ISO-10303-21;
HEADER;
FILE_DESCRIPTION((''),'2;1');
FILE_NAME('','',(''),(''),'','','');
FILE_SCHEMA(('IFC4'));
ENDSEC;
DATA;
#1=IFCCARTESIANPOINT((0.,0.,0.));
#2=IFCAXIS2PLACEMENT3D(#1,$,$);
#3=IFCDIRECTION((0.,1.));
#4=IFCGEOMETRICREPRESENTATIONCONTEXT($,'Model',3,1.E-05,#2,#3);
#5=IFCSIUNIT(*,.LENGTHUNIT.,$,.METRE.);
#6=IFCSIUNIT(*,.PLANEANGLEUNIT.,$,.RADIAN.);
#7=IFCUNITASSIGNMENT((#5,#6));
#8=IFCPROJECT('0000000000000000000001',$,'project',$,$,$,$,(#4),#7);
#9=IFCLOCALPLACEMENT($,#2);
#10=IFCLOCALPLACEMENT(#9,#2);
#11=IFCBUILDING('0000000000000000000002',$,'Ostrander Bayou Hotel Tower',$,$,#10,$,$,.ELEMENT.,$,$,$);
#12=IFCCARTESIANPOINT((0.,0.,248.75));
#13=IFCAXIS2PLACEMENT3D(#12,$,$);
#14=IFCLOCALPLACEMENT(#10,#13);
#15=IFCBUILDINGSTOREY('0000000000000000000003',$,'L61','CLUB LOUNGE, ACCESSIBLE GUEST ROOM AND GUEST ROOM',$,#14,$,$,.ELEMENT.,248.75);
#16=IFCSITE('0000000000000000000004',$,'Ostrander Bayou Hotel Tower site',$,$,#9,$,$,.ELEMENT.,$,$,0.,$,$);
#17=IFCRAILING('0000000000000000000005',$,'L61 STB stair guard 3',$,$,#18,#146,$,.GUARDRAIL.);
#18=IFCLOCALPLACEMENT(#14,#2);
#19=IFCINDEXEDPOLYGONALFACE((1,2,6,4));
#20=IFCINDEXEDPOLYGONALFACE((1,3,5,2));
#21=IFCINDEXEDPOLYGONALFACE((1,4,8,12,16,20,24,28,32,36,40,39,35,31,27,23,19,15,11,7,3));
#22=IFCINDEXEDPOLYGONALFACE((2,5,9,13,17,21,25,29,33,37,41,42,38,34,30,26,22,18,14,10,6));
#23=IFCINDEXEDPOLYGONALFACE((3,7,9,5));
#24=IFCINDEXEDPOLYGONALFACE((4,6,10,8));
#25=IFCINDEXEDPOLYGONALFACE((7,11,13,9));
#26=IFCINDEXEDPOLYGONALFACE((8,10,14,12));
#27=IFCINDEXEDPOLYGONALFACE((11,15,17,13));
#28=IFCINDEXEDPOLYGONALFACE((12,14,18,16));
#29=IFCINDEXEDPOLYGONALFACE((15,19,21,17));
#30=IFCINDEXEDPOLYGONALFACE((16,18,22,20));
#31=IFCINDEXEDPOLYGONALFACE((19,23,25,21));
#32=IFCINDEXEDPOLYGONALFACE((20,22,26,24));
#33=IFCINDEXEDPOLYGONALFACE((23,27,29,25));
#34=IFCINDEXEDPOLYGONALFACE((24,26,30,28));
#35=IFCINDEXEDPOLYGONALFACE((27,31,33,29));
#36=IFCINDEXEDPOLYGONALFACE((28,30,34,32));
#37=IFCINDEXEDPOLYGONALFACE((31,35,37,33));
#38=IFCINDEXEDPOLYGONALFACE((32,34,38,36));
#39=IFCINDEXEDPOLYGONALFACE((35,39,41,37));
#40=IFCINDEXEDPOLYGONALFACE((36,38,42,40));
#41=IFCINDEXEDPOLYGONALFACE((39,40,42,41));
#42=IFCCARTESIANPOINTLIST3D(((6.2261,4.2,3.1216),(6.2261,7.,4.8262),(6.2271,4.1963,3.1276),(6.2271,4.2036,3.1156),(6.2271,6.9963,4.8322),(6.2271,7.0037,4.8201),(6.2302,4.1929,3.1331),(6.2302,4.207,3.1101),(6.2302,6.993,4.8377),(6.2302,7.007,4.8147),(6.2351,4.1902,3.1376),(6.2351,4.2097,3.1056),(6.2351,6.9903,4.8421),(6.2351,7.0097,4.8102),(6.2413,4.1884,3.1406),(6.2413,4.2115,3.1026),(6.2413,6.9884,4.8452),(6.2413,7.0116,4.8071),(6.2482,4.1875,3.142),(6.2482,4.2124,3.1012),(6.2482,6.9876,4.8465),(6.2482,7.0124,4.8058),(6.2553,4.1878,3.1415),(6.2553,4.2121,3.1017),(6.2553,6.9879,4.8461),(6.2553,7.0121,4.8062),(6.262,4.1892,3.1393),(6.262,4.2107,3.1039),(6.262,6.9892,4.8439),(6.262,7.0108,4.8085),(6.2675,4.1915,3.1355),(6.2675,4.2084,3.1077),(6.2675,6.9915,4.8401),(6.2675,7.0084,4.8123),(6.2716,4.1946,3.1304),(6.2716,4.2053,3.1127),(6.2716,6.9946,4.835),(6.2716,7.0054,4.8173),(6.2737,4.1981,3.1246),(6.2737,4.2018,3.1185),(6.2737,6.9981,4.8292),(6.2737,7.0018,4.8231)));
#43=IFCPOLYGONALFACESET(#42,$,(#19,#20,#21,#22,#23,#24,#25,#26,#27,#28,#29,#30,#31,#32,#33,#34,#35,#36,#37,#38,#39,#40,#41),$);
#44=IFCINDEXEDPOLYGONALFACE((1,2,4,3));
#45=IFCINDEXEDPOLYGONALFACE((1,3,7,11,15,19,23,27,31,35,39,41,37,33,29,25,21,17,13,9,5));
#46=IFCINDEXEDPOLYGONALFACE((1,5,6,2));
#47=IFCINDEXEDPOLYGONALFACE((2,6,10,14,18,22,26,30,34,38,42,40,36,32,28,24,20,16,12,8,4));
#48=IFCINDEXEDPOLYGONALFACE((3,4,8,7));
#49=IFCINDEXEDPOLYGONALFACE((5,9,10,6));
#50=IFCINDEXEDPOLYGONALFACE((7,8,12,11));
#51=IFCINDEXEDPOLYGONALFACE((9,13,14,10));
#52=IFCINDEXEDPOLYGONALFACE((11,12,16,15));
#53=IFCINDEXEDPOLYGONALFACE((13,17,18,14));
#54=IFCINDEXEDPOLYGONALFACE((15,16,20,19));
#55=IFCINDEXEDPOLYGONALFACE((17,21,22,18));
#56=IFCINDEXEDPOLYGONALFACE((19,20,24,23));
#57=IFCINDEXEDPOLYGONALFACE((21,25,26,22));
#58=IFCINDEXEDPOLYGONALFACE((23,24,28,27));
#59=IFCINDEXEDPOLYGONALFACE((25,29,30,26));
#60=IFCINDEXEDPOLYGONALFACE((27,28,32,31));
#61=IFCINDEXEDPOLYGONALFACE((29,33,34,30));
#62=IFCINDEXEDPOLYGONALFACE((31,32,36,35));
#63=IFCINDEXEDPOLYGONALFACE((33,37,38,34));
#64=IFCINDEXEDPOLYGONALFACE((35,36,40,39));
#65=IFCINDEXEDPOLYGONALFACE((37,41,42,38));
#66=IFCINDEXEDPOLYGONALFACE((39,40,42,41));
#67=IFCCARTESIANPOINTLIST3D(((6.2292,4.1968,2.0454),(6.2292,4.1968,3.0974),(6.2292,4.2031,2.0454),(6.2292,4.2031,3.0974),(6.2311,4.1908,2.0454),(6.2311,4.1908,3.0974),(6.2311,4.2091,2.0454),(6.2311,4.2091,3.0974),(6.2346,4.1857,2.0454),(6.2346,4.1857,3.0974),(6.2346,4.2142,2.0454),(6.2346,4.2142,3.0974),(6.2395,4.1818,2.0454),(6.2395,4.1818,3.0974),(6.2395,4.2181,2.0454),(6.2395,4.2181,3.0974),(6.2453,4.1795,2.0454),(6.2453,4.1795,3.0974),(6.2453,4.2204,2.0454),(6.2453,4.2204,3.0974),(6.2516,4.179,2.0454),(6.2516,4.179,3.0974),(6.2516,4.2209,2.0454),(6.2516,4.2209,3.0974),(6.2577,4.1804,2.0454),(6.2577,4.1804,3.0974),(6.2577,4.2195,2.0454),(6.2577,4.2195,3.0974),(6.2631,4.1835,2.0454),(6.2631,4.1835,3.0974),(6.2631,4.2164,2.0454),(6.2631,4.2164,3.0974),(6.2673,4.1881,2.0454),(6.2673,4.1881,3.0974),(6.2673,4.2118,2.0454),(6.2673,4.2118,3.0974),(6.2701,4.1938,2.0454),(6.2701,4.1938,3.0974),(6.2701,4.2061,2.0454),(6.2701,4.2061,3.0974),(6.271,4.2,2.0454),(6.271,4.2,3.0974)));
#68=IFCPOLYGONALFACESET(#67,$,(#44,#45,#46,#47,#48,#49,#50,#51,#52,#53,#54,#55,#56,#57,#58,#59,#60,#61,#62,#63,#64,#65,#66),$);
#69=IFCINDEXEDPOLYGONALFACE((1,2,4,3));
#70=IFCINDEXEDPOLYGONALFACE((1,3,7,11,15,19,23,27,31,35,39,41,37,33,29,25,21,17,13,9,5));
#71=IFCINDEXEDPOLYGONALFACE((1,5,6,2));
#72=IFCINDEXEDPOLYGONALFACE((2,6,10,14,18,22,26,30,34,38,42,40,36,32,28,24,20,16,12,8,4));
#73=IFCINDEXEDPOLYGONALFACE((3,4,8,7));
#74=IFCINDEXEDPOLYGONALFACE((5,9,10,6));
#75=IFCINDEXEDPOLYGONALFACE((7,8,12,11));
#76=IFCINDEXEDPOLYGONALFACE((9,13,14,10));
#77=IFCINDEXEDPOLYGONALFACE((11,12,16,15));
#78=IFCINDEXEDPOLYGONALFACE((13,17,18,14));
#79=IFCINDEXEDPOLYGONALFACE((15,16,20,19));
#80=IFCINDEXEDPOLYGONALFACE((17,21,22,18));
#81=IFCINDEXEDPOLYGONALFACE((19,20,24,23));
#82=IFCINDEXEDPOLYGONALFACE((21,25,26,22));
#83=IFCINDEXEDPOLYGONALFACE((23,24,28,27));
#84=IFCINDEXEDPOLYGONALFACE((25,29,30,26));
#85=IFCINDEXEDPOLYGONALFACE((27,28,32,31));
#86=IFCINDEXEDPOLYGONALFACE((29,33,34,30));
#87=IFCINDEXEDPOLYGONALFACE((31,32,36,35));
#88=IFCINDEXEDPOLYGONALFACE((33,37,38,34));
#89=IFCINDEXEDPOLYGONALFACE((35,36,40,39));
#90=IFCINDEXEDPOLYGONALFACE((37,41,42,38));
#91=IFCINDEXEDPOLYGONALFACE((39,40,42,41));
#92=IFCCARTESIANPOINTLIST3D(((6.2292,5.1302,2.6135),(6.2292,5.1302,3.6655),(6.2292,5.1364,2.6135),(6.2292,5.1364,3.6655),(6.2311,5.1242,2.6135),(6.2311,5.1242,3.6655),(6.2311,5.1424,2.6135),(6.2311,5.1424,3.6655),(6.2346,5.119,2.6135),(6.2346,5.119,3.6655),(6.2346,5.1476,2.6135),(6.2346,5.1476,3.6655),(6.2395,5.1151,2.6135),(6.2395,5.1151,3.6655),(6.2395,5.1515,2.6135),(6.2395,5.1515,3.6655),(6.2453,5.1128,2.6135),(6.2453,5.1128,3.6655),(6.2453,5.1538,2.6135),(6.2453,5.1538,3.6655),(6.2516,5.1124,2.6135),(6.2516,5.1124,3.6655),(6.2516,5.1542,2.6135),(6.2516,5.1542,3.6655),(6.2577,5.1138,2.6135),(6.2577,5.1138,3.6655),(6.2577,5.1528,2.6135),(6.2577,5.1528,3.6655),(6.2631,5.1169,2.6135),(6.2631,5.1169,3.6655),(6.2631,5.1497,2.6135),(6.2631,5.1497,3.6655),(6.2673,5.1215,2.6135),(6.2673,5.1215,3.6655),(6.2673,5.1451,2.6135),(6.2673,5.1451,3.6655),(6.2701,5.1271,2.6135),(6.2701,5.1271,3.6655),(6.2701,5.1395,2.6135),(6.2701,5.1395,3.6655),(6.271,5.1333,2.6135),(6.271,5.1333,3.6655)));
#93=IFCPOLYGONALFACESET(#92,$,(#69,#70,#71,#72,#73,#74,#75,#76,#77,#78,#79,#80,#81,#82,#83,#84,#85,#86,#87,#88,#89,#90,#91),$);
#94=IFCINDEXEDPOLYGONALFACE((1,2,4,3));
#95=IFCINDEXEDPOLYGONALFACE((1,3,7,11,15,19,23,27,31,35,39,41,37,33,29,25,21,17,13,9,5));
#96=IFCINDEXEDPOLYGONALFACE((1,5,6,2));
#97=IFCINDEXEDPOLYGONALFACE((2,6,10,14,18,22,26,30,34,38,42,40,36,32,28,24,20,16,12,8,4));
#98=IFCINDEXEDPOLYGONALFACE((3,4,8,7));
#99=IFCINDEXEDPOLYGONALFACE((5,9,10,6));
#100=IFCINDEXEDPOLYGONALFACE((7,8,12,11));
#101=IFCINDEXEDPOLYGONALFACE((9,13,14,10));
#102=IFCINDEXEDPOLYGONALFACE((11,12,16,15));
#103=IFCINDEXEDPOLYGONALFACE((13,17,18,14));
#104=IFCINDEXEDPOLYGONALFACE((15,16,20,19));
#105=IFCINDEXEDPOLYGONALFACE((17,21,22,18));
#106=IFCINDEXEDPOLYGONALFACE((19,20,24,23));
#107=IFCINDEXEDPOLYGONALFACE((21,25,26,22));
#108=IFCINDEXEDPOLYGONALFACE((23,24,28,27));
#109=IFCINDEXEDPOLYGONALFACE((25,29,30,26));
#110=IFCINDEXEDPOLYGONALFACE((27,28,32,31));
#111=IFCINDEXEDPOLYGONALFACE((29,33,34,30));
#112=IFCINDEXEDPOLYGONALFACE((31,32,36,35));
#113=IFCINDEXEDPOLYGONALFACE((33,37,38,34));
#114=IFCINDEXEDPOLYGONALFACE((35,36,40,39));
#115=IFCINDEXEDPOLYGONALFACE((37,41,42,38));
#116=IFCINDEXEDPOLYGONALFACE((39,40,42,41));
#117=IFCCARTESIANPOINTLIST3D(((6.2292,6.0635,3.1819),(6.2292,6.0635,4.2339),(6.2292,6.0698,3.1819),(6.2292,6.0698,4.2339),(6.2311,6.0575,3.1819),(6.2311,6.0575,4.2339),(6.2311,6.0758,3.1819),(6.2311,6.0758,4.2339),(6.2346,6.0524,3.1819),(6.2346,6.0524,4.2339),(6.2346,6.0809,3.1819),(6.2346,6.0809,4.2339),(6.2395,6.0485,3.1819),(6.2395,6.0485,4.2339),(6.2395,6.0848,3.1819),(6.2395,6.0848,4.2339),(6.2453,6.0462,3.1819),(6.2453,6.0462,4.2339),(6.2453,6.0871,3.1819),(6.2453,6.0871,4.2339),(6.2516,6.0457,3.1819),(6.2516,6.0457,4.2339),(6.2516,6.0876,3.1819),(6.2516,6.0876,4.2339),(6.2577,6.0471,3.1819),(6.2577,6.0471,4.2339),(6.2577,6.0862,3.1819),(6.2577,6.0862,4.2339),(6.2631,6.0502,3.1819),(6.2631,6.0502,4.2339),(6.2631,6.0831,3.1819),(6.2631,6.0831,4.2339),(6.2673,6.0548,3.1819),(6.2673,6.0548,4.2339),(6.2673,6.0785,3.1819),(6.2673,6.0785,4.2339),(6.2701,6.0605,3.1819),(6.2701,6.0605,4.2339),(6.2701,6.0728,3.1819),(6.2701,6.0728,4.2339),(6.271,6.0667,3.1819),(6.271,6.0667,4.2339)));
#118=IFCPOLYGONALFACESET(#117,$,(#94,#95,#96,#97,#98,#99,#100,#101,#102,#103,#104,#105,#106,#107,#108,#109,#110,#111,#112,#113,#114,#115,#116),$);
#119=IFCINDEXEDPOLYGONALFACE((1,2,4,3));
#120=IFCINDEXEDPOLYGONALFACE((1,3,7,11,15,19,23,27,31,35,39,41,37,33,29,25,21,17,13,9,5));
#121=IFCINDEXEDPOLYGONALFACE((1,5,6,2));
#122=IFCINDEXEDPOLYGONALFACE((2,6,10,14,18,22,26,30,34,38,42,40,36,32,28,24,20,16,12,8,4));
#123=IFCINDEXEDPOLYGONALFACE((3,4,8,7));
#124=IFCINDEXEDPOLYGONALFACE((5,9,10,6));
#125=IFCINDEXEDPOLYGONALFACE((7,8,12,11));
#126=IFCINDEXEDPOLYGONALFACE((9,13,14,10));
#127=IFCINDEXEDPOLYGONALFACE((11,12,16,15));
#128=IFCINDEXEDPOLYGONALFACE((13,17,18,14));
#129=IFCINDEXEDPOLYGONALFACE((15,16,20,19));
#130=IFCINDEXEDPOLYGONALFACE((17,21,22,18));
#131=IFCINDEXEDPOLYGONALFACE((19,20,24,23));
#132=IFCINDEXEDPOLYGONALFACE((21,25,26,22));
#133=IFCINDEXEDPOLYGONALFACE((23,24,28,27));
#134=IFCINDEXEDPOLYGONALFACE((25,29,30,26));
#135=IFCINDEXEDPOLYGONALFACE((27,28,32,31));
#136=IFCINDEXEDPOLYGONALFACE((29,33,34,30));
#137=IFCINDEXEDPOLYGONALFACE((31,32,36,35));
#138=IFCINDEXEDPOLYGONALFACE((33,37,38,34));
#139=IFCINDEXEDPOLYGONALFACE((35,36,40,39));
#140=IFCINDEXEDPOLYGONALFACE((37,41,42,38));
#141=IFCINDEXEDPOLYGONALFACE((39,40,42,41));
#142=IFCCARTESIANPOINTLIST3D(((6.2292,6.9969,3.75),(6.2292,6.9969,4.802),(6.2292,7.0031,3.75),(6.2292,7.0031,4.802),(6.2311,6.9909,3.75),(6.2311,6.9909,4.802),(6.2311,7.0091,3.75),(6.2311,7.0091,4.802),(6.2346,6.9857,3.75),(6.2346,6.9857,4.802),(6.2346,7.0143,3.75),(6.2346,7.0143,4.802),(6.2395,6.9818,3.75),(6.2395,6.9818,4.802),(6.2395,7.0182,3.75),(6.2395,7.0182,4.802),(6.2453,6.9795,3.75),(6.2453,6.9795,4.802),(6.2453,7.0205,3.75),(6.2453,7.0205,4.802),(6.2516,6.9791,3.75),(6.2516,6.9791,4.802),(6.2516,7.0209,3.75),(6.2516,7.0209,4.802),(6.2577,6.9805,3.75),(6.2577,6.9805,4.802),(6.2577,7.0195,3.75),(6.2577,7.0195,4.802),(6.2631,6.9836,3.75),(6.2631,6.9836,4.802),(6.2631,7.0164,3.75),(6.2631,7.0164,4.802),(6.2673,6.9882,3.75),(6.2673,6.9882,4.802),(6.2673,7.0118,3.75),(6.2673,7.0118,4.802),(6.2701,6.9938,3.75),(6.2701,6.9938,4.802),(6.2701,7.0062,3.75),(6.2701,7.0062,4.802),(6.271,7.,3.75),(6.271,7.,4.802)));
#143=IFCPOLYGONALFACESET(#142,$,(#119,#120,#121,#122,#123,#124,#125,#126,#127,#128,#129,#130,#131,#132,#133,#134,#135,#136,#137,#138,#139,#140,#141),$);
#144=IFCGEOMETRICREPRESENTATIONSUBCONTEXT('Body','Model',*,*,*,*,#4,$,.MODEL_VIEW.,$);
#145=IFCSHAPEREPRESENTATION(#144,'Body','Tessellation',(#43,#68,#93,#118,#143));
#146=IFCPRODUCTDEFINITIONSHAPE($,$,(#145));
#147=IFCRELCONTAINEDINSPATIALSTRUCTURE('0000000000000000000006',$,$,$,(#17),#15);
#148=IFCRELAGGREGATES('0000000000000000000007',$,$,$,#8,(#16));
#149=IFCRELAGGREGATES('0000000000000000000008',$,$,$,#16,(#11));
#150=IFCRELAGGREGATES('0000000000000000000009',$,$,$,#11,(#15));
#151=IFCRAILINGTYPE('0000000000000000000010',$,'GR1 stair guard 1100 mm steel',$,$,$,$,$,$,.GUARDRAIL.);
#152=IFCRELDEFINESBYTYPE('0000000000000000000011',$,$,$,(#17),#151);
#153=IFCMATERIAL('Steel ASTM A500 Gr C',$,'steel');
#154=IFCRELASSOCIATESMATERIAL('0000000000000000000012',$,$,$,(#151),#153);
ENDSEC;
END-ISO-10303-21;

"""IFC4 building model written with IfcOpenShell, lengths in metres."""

from ifc_helpers import new_model, si_unit, direction, frame, origin, origin_2d, place, context, subcontext, project, spatial, circle, extrude, material, type_object, element, save


model = new_model("IFC4")

# Units and contexts
model_context = context("Model", 3, precision=1e-05, world=origin(), true_north=direction((0.0, 1.0)))
body_context = subcontext(model_context, "Body", "Model", "MODEL_VIEW")
ifc_project = project(units=[si_unit("LENGTHUNIT", "METRE"), si_unit("PLANEANGLEUNIT", "RADIAN")], contexts=[model_context])

# Site, building, storey
site_placement = place(None, origin())
site = spatial("IfcSite", under=ifc_project, at=site_placement, Name="Ostrander Bayou Hotel Tower site", CompositionType="ELEMENT", RefElevation=0.0)
building_placement = place(site_placement, origin())
building = spatial("IfcBuilding", under=site, at=building_placement, Name="Ostrander Bayou Hotel Tower", CompositionType="ELEMENT")
storey_placement = place(building_placement, frame((0.0, 0.0, 248.75)))
storey = spatial("IfcBuildingStorey", under=building, at=storey_placement, Name="L61", Description="CLUB LOUNGE, ACCESSIBLE GUEST ROOM AND GUEST ROOM", CompositionType="ELEMENT", Elevation=248.75)

# Railing
ifc_material_1 = material(Name="Steel ASTM A500 Gr C", Category="steel")
railing_type_1 = type_object("IfcRailingType", Name="GR1 stair guard 1100 mm steel", PredefinedType="GUARDRAIL", material=ifc_material_1)
railing_1_placement = place(storey_placement, frame((6.25, 4.2, 2.0454)))
element("IfcRailing", 1, at=railing_1_placement, inside=storey, type_object=railing_type_1, Name="L61 STB stair guard 3", PredefinedType="GUARDRAIL", context=body_context, shape_type="SweptSolid", body=[
    extrude(circle(Radius=0.0239, at=origin_2d()), frame((0.0, 0.0, 1.0762), z_axis=(0.0, 0.85417, 0.519994), x_axis=(-1.0, 0.0, 0.0)), (0.0, 0.0, 1.0), 3.2781),
    extrude(circle(Radius=0.021, at=origin_2d()), origin(), (0.0, 0.0, 1.0), 1.052),
    extrude(circle(Radius=0.021, at=origin_2d()), frame((0.0, 0.9333, 0.5681)), (0.0, 0.0, 1.0), 1.052),
    extrude(circle(Radius=0.021, at=origin_2d()), frame((0.0, 1.8667, 1.1365)), (0.0, 0.0, 1.0), 1.052),
    extrude(circle(Radius=0.021, at=origin_2d()), frame((0.0, 2.8, 1.7046)), (0.0, 0.0, 1.0), 1.052),
])

save(model, "model.ifc")
